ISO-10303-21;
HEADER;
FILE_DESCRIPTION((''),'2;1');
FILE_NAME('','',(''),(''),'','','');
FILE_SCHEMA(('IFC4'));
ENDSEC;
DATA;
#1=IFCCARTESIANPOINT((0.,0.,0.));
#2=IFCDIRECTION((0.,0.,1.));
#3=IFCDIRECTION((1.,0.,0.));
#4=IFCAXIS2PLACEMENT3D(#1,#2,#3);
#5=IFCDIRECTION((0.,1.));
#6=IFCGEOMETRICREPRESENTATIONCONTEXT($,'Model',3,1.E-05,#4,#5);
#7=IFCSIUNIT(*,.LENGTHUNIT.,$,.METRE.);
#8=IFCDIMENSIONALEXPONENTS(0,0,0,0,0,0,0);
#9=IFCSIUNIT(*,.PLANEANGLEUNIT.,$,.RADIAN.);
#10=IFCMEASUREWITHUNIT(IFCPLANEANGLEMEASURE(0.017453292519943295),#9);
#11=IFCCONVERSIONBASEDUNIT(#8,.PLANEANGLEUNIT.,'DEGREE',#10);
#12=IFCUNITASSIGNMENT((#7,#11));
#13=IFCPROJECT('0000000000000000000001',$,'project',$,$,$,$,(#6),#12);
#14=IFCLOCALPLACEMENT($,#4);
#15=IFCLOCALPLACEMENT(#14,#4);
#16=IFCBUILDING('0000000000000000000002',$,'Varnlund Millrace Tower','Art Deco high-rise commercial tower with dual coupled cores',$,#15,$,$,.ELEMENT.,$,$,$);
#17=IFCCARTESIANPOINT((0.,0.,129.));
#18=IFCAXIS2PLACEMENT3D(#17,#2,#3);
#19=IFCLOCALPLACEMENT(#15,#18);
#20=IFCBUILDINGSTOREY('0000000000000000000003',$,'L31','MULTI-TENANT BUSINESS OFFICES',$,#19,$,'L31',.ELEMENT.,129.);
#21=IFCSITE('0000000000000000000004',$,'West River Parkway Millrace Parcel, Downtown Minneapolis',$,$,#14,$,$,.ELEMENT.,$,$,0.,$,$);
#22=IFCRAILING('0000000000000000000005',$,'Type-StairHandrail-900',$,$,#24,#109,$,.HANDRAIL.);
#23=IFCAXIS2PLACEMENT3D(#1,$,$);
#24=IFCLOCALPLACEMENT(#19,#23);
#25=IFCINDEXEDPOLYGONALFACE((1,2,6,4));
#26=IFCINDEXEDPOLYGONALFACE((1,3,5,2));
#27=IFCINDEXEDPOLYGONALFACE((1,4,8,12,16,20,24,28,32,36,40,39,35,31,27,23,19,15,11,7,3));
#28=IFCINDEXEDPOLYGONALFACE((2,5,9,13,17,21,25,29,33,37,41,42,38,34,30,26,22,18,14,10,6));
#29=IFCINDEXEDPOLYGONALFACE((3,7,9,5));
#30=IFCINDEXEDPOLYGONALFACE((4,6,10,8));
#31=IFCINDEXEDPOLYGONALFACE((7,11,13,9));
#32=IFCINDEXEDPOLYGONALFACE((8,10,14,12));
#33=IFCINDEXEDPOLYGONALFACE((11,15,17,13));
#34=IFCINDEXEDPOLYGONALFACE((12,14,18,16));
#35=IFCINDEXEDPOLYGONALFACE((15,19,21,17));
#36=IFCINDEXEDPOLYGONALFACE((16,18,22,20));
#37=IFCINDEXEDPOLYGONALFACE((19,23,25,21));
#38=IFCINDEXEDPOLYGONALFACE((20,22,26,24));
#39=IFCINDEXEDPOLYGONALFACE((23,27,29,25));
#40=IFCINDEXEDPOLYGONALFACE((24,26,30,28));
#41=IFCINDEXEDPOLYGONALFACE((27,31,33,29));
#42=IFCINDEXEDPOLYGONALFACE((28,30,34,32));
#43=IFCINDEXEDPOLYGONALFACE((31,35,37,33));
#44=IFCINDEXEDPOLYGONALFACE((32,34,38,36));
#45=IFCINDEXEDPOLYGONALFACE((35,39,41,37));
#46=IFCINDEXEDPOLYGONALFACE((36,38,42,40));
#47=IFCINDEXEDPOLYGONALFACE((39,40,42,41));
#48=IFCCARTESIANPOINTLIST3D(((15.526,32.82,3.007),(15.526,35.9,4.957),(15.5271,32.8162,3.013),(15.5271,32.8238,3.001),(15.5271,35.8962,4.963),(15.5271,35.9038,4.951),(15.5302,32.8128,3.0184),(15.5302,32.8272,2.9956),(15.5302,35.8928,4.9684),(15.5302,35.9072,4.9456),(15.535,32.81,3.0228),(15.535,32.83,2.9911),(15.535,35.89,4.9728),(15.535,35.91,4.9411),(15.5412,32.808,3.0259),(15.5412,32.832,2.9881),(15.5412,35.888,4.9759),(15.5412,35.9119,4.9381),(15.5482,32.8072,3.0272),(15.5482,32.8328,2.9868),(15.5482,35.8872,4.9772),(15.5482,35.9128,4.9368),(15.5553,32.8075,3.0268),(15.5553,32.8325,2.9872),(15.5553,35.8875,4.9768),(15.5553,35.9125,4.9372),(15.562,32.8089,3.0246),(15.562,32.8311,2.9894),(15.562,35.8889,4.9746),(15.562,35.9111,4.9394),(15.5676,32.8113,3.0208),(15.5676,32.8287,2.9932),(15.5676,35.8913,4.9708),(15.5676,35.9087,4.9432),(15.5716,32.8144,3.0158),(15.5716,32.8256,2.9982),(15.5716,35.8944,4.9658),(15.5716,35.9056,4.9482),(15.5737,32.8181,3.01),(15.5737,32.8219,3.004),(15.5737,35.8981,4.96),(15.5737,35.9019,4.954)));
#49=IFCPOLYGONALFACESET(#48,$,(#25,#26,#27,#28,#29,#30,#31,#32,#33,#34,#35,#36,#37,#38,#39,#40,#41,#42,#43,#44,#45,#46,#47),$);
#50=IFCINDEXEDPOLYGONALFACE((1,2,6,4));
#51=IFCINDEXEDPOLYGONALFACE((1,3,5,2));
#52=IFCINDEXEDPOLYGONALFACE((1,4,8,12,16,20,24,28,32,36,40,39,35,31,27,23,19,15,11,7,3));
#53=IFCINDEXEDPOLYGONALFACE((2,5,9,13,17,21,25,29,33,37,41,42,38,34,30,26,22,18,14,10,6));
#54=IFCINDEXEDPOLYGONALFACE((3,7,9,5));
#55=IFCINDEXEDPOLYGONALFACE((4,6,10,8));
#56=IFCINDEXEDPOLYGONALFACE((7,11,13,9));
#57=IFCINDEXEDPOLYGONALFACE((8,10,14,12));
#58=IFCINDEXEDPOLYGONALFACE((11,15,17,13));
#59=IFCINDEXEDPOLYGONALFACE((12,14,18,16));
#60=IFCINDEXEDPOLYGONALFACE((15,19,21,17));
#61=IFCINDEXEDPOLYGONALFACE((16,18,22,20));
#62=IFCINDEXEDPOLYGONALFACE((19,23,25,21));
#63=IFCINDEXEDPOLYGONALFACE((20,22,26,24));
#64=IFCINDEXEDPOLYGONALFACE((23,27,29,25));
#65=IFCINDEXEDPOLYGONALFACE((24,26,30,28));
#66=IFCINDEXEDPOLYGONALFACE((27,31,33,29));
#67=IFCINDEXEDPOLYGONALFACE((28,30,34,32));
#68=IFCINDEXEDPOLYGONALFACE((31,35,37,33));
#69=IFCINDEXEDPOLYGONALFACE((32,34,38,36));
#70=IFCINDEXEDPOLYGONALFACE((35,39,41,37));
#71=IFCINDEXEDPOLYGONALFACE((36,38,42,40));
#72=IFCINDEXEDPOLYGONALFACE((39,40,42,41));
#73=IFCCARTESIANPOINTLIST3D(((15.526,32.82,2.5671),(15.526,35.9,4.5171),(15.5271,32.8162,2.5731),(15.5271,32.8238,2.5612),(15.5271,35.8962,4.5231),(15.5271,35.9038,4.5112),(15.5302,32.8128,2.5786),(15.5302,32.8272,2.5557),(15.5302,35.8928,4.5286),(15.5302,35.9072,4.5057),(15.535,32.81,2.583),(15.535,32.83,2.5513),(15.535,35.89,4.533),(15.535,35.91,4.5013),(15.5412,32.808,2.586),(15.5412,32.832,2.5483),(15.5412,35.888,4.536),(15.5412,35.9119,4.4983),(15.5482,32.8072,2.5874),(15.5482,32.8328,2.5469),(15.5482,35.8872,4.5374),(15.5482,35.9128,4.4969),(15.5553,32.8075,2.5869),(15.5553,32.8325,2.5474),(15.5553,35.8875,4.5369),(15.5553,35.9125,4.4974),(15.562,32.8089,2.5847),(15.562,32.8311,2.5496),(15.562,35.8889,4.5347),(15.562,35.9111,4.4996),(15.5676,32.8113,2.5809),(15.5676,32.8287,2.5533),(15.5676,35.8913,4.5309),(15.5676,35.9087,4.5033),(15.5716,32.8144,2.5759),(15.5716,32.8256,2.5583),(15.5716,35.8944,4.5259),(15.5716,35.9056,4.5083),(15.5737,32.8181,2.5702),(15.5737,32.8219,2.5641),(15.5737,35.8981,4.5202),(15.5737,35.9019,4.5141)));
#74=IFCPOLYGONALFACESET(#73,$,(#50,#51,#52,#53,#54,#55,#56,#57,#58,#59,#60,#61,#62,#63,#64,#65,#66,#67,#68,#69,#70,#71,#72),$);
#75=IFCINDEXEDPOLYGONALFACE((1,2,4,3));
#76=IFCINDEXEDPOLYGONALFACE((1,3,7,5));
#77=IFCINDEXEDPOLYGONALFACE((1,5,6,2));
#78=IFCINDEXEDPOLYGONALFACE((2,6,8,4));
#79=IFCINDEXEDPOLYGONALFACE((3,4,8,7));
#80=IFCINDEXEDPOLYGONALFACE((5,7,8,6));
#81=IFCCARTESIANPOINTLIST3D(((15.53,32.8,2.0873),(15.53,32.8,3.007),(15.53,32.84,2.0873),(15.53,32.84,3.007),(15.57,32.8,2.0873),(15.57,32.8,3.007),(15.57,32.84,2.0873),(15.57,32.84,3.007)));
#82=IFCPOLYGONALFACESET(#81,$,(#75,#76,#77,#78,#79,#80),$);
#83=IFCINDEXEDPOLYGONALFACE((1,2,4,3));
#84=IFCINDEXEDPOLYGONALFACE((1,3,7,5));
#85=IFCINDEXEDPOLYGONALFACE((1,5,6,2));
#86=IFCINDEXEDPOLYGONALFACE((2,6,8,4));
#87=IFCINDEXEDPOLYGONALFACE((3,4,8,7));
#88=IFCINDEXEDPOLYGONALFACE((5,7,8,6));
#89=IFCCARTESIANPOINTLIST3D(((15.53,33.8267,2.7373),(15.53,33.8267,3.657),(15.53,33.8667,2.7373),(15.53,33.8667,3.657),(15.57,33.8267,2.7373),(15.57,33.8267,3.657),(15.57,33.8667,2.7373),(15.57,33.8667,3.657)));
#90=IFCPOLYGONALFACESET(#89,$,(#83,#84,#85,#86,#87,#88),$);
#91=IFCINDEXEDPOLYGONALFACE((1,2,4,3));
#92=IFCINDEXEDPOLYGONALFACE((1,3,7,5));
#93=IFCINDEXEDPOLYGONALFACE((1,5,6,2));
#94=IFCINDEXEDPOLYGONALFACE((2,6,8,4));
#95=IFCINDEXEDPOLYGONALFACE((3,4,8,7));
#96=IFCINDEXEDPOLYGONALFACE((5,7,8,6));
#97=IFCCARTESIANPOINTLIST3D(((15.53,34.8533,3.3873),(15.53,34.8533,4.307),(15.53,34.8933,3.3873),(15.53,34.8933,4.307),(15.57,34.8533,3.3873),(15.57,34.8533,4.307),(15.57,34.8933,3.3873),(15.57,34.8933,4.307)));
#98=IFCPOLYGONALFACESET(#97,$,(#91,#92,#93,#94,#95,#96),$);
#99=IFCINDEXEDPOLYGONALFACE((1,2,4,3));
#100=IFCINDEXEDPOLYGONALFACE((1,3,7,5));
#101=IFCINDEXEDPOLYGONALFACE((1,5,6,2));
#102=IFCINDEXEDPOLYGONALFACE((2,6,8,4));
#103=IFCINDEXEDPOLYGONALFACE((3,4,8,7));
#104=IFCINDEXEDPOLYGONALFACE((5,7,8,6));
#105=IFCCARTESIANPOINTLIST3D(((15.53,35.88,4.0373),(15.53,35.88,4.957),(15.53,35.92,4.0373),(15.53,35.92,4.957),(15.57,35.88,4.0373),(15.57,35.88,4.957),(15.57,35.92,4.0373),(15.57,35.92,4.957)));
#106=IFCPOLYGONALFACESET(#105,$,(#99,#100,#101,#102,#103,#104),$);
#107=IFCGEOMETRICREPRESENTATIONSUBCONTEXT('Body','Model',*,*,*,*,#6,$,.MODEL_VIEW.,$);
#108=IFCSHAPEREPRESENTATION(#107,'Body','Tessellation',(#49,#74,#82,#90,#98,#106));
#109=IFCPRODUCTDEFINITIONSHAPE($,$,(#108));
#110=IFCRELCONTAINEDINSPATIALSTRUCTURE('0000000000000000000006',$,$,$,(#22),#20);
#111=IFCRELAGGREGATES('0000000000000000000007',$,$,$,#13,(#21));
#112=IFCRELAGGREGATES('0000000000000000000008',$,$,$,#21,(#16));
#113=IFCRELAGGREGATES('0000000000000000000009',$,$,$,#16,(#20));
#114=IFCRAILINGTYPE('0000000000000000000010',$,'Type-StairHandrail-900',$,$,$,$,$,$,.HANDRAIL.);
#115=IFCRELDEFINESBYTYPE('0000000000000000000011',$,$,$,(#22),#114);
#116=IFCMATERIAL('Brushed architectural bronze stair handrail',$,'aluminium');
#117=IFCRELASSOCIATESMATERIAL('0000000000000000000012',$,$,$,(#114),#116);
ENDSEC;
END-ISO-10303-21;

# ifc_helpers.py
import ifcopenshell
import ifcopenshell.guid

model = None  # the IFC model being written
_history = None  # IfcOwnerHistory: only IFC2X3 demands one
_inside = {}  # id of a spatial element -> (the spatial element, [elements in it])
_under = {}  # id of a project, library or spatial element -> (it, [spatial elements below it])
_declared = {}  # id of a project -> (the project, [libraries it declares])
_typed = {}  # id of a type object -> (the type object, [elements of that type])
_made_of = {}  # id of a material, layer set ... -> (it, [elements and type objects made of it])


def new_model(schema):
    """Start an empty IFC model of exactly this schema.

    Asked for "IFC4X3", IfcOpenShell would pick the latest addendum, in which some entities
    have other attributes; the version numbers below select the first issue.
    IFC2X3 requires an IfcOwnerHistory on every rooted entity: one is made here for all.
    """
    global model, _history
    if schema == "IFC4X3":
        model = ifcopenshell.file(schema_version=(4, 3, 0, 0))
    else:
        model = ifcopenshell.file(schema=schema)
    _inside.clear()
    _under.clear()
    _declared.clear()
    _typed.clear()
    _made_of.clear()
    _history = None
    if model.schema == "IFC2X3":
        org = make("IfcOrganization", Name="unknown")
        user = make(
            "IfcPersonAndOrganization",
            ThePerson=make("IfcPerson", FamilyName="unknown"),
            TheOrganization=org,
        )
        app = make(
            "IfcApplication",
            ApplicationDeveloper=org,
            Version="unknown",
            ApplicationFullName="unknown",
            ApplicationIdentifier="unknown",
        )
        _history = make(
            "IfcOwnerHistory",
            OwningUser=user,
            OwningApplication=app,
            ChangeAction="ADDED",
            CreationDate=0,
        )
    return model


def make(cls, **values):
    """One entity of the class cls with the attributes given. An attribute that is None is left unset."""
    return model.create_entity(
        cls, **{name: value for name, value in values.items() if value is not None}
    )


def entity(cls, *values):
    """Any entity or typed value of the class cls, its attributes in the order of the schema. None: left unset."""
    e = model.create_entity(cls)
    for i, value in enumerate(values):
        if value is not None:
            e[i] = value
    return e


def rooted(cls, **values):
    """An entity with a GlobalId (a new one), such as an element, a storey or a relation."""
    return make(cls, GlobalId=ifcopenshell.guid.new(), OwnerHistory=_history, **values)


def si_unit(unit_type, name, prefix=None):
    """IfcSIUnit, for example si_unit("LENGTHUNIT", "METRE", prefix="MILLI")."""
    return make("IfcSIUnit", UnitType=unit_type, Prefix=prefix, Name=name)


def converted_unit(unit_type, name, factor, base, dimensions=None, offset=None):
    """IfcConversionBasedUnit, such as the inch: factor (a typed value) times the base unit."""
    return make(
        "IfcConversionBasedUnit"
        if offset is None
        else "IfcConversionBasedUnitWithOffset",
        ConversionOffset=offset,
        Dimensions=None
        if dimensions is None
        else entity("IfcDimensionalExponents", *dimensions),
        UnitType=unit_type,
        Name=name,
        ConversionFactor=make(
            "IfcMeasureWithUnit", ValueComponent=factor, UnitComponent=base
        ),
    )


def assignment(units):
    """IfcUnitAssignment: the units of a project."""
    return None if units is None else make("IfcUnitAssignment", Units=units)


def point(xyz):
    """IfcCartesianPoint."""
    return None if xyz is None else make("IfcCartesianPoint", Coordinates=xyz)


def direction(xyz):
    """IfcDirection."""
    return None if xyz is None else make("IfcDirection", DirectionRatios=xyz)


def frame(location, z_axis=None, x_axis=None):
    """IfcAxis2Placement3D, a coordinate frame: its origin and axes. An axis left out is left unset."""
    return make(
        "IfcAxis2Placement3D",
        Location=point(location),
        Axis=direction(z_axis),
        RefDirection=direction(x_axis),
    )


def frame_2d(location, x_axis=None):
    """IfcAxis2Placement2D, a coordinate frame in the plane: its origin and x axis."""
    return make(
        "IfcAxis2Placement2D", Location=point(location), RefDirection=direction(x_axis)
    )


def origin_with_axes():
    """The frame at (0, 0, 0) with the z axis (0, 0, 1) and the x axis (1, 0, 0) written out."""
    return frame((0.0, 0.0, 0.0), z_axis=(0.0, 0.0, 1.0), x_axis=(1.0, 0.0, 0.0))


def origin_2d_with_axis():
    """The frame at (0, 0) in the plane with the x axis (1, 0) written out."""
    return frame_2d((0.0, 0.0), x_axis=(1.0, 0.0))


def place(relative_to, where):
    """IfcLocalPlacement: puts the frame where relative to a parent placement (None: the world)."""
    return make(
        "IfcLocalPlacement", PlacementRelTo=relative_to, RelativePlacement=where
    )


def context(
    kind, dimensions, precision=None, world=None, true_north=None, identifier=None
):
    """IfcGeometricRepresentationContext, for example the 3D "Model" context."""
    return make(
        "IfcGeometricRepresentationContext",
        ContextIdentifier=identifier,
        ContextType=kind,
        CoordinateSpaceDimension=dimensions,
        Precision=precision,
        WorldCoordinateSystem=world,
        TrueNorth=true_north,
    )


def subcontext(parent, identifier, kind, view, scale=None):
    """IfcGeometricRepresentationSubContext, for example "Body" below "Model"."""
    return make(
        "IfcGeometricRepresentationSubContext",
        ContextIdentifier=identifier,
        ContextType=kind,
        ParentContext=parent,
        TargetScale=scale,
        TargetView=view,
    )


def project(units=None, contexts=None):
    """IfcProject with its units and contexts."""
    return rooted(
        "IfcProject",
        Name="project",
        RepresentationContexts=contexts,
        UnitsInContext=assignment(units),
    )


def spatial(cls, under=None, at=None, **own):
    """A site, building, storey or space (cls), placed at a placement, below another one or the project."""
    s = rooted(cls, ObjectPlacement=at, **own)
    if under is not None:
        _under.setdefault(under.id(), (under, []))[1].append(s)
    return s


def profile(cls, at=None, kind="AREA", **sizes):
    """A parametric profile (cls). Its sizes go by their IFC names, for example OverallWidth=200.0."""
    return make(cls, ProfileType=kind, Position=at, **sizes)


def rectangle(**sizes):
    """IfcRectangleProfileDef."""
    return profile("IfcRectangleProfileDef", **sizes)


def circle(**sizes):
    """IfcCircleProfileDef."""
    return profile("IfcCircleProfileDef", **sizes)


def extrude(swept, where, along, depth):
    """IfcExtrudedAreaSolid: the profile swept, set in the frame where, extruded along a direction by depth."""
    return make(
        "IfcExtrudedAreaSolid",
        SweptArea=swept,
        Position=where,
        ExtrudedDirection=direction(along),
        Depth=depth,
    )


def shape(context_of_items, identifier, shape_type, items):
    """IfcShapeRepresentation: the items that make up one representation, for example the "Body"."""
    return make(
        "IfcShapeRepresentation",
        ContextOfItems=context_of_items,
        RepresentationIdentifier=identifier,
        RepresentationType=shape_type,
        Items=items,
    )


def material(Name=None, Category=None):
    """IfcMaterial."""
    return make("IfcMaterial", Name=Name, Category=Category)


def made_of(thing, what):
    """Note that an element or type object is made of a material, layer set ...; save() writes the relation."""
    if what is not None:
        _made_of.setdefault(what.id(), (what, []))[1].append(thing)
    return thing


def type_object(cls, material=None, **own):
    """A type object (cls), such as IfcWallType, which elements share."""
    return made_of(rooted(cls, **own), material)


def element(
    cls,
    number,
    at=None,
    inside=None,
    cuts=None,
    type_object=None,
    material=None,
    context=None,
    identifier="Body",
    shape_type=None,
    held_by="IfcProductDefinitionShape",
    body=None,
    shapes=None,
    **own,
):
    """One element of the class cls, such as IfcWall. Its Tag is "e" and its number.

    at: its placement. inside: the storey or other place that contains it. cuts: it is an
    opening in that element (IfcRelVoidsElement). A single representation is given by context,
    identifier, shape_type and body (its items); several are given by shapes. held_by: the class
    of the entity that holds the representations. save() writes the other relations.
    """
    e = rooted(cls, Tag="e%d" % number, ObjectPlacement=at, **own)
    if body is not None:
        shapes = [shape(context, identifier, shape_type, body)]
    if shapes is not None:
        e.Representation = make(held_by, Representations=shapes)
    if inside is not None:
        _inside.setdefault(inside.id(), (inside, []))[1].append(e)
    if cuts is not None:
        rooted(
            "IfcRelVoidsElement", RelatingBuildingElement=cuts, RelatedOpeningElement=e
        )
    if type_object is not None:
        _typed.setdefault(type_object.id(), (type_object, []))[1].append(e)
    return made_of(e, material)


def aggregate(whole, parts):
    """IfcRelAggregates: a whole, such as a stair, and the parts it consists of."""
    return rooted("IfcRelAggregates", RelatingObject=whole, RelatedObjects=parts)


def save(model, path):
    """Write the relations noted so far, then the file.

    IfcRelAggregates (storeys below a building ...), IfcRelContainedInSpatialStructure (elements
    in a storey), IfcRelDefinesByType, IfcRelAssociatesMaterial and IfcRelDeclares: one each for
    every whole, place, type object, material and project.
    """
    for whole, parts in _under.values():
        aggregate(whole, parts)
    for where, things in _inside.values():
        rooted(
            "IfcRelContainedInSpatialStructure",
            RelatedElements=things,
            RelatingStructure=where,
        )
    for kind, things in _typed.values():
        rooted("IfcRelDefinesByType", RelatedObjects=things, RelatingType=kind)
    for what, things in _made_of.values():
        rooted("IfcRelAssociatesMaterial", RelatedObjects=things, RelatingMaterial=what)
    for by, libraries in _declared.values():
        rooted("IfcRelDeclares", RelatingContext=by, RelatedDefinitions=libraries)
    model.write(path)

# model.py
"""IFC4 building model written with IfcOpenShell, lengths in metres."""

from ifc_helpers import new_model, entity, si_unit, converted_unit, direction, frame, origin_with_axes, origin_2d_with_axis, place, context, subcontext, project, spatial, rectangle, circle, extrude, material, type_object, element, save


model = new_model("IFC4")

# Units and contexts
model_context = context("Model", 3, precision=1e-05, world=origin_with_axes(), true_north=direction((0.0, 1.0)))
body_context = subcontext(model_context, "Body", "Model", "MODEL_VIEW")
ifc_project = project(units=[si_unit("LENGTHUNIT", "METRE"), converted_unit("PLANEANGLEUNIT", "DEGREE", entity("IfcPlaneAngleMeasure", 0.017453292519943295), si_unit("PLANEANGLEUNIT", "RADIAN"), dimensions=[0, 0, 0, 0, 0, 0, 0])], contexts=[model_context])

# Site, building, storey
site_placement = place(None, origin_with_axes())
site = spatial("IfcSite", under=ifc_project, at=site_placement, Name="West River Parkway Millrace Parcel, Downtown Minneapolis", CompositionType="ELEMENT", RefElevation=0.0)
building_placement = place(site_placement, origin_with_axes())
building = spatial("IfcBuilding", under=site, at=building_placement, Name="Varnlund Millrace Tower", Description="Art Deco high-rise commercial tower with dual coupled cores", CompositionType="ELEMENT")
storey_placement = place(building_placement, frame((0.0, 0.0, 129.0), z_axis=(0.0, 0.0, 1.0), x_axis=(1.0, 0.0, 0.0)))
storey = spatial("IfcBuildingStorey", under=building, at=storey_placement, Name="L31", Description="MULTI-TENANT BUSINESS OFFICES", LongName="L31", CompositionType="ELEMENT", Elevation=129.0)

# Railing
ifc_material_1 = material(Name="Brushed architectural bronze stair handrail", Category="aluminium")
railing_type_1 = type_object("IfcRailingType", Name="Type-StairHandrail-900", PredefinedType="HANDRAIL", material=ifc_material_1)
railing_1_placement = place(storey_placement, frame((0.0, 0.0, -129.0), z_axis=(0.0, 0.0, 1.0), x_axis=(1.0, 0.0, 0.0)))
element("IfcRailing", 1, at=railing_1_placement, inside=storey, type_object=railing_type_1, Name="Type-StairHandrail-900", PredefinedType="HANDRAIL", context=body_context, shape_type="SweptSolid", body=[
    extrude(circle(Radius=0.024, at=origin_2d_with_axis()), frame((15.55, 32.82, 132.007), z_axis=(0.0, 0.844902, 0.534922), x_axis=(-1.0, 0.0, 0.0)), (0.0, 0.0, 1.0), 3.6454),
    extrude(circle(Radius=0.024, at=origin_2d_with_axis()), frame((15.55, 32.82, 131.5671), z_axis=(0.0, 0.844902, 0.534922), x_axis=(-1.0, 0.0, 0.0)), (0.0, 0.0, 1.0), 3.6454),
    extrude(rectangle(XDim=0.04, YDim=0.04, at=origin_2d_with_axis()), frame((15.55, 32.82, 131.0873), z_axis=(0.0, 0.0, 1.0), x_axis=(1.0, 0.0, 0.0)), (0.0, 0.0, 1.0), 0.9197),
    extrude(rectangle(XDim=0.04, YDim=0.04, at=origin_2d_with_axis()), frame((15.55, 33.8467, 131.7373), z_axis=(0.0, 0.0, 1.0), x_axis=(1.0, 0.0, 0.0)), (0.0, 0.0, 1.0), 0.9197),
    extrude(rectangle(XDim=0.04, YDim=0.04, at=origin_2d_with_axis()), frame((15.55, 34.8733, 132.3873), z_axis=(0.0, 0.0, 1.0), x_axis=(1.0, 0.0, 0.0)), (0.0, 0.0, 1.0), 0.9197),
    extrude(rectangle(XDim=0.04, YDim=0.04, at=origin_2d_with_axis()), frame((15.55, 35.9, 133.0373), z_axis=(0.0, 0.0, 1.0), x_axis=(1.0, 0.0, 0.0)), (0.0, 0.0, 1.0), 0.9197),
])

save(model, "model.ifc")
